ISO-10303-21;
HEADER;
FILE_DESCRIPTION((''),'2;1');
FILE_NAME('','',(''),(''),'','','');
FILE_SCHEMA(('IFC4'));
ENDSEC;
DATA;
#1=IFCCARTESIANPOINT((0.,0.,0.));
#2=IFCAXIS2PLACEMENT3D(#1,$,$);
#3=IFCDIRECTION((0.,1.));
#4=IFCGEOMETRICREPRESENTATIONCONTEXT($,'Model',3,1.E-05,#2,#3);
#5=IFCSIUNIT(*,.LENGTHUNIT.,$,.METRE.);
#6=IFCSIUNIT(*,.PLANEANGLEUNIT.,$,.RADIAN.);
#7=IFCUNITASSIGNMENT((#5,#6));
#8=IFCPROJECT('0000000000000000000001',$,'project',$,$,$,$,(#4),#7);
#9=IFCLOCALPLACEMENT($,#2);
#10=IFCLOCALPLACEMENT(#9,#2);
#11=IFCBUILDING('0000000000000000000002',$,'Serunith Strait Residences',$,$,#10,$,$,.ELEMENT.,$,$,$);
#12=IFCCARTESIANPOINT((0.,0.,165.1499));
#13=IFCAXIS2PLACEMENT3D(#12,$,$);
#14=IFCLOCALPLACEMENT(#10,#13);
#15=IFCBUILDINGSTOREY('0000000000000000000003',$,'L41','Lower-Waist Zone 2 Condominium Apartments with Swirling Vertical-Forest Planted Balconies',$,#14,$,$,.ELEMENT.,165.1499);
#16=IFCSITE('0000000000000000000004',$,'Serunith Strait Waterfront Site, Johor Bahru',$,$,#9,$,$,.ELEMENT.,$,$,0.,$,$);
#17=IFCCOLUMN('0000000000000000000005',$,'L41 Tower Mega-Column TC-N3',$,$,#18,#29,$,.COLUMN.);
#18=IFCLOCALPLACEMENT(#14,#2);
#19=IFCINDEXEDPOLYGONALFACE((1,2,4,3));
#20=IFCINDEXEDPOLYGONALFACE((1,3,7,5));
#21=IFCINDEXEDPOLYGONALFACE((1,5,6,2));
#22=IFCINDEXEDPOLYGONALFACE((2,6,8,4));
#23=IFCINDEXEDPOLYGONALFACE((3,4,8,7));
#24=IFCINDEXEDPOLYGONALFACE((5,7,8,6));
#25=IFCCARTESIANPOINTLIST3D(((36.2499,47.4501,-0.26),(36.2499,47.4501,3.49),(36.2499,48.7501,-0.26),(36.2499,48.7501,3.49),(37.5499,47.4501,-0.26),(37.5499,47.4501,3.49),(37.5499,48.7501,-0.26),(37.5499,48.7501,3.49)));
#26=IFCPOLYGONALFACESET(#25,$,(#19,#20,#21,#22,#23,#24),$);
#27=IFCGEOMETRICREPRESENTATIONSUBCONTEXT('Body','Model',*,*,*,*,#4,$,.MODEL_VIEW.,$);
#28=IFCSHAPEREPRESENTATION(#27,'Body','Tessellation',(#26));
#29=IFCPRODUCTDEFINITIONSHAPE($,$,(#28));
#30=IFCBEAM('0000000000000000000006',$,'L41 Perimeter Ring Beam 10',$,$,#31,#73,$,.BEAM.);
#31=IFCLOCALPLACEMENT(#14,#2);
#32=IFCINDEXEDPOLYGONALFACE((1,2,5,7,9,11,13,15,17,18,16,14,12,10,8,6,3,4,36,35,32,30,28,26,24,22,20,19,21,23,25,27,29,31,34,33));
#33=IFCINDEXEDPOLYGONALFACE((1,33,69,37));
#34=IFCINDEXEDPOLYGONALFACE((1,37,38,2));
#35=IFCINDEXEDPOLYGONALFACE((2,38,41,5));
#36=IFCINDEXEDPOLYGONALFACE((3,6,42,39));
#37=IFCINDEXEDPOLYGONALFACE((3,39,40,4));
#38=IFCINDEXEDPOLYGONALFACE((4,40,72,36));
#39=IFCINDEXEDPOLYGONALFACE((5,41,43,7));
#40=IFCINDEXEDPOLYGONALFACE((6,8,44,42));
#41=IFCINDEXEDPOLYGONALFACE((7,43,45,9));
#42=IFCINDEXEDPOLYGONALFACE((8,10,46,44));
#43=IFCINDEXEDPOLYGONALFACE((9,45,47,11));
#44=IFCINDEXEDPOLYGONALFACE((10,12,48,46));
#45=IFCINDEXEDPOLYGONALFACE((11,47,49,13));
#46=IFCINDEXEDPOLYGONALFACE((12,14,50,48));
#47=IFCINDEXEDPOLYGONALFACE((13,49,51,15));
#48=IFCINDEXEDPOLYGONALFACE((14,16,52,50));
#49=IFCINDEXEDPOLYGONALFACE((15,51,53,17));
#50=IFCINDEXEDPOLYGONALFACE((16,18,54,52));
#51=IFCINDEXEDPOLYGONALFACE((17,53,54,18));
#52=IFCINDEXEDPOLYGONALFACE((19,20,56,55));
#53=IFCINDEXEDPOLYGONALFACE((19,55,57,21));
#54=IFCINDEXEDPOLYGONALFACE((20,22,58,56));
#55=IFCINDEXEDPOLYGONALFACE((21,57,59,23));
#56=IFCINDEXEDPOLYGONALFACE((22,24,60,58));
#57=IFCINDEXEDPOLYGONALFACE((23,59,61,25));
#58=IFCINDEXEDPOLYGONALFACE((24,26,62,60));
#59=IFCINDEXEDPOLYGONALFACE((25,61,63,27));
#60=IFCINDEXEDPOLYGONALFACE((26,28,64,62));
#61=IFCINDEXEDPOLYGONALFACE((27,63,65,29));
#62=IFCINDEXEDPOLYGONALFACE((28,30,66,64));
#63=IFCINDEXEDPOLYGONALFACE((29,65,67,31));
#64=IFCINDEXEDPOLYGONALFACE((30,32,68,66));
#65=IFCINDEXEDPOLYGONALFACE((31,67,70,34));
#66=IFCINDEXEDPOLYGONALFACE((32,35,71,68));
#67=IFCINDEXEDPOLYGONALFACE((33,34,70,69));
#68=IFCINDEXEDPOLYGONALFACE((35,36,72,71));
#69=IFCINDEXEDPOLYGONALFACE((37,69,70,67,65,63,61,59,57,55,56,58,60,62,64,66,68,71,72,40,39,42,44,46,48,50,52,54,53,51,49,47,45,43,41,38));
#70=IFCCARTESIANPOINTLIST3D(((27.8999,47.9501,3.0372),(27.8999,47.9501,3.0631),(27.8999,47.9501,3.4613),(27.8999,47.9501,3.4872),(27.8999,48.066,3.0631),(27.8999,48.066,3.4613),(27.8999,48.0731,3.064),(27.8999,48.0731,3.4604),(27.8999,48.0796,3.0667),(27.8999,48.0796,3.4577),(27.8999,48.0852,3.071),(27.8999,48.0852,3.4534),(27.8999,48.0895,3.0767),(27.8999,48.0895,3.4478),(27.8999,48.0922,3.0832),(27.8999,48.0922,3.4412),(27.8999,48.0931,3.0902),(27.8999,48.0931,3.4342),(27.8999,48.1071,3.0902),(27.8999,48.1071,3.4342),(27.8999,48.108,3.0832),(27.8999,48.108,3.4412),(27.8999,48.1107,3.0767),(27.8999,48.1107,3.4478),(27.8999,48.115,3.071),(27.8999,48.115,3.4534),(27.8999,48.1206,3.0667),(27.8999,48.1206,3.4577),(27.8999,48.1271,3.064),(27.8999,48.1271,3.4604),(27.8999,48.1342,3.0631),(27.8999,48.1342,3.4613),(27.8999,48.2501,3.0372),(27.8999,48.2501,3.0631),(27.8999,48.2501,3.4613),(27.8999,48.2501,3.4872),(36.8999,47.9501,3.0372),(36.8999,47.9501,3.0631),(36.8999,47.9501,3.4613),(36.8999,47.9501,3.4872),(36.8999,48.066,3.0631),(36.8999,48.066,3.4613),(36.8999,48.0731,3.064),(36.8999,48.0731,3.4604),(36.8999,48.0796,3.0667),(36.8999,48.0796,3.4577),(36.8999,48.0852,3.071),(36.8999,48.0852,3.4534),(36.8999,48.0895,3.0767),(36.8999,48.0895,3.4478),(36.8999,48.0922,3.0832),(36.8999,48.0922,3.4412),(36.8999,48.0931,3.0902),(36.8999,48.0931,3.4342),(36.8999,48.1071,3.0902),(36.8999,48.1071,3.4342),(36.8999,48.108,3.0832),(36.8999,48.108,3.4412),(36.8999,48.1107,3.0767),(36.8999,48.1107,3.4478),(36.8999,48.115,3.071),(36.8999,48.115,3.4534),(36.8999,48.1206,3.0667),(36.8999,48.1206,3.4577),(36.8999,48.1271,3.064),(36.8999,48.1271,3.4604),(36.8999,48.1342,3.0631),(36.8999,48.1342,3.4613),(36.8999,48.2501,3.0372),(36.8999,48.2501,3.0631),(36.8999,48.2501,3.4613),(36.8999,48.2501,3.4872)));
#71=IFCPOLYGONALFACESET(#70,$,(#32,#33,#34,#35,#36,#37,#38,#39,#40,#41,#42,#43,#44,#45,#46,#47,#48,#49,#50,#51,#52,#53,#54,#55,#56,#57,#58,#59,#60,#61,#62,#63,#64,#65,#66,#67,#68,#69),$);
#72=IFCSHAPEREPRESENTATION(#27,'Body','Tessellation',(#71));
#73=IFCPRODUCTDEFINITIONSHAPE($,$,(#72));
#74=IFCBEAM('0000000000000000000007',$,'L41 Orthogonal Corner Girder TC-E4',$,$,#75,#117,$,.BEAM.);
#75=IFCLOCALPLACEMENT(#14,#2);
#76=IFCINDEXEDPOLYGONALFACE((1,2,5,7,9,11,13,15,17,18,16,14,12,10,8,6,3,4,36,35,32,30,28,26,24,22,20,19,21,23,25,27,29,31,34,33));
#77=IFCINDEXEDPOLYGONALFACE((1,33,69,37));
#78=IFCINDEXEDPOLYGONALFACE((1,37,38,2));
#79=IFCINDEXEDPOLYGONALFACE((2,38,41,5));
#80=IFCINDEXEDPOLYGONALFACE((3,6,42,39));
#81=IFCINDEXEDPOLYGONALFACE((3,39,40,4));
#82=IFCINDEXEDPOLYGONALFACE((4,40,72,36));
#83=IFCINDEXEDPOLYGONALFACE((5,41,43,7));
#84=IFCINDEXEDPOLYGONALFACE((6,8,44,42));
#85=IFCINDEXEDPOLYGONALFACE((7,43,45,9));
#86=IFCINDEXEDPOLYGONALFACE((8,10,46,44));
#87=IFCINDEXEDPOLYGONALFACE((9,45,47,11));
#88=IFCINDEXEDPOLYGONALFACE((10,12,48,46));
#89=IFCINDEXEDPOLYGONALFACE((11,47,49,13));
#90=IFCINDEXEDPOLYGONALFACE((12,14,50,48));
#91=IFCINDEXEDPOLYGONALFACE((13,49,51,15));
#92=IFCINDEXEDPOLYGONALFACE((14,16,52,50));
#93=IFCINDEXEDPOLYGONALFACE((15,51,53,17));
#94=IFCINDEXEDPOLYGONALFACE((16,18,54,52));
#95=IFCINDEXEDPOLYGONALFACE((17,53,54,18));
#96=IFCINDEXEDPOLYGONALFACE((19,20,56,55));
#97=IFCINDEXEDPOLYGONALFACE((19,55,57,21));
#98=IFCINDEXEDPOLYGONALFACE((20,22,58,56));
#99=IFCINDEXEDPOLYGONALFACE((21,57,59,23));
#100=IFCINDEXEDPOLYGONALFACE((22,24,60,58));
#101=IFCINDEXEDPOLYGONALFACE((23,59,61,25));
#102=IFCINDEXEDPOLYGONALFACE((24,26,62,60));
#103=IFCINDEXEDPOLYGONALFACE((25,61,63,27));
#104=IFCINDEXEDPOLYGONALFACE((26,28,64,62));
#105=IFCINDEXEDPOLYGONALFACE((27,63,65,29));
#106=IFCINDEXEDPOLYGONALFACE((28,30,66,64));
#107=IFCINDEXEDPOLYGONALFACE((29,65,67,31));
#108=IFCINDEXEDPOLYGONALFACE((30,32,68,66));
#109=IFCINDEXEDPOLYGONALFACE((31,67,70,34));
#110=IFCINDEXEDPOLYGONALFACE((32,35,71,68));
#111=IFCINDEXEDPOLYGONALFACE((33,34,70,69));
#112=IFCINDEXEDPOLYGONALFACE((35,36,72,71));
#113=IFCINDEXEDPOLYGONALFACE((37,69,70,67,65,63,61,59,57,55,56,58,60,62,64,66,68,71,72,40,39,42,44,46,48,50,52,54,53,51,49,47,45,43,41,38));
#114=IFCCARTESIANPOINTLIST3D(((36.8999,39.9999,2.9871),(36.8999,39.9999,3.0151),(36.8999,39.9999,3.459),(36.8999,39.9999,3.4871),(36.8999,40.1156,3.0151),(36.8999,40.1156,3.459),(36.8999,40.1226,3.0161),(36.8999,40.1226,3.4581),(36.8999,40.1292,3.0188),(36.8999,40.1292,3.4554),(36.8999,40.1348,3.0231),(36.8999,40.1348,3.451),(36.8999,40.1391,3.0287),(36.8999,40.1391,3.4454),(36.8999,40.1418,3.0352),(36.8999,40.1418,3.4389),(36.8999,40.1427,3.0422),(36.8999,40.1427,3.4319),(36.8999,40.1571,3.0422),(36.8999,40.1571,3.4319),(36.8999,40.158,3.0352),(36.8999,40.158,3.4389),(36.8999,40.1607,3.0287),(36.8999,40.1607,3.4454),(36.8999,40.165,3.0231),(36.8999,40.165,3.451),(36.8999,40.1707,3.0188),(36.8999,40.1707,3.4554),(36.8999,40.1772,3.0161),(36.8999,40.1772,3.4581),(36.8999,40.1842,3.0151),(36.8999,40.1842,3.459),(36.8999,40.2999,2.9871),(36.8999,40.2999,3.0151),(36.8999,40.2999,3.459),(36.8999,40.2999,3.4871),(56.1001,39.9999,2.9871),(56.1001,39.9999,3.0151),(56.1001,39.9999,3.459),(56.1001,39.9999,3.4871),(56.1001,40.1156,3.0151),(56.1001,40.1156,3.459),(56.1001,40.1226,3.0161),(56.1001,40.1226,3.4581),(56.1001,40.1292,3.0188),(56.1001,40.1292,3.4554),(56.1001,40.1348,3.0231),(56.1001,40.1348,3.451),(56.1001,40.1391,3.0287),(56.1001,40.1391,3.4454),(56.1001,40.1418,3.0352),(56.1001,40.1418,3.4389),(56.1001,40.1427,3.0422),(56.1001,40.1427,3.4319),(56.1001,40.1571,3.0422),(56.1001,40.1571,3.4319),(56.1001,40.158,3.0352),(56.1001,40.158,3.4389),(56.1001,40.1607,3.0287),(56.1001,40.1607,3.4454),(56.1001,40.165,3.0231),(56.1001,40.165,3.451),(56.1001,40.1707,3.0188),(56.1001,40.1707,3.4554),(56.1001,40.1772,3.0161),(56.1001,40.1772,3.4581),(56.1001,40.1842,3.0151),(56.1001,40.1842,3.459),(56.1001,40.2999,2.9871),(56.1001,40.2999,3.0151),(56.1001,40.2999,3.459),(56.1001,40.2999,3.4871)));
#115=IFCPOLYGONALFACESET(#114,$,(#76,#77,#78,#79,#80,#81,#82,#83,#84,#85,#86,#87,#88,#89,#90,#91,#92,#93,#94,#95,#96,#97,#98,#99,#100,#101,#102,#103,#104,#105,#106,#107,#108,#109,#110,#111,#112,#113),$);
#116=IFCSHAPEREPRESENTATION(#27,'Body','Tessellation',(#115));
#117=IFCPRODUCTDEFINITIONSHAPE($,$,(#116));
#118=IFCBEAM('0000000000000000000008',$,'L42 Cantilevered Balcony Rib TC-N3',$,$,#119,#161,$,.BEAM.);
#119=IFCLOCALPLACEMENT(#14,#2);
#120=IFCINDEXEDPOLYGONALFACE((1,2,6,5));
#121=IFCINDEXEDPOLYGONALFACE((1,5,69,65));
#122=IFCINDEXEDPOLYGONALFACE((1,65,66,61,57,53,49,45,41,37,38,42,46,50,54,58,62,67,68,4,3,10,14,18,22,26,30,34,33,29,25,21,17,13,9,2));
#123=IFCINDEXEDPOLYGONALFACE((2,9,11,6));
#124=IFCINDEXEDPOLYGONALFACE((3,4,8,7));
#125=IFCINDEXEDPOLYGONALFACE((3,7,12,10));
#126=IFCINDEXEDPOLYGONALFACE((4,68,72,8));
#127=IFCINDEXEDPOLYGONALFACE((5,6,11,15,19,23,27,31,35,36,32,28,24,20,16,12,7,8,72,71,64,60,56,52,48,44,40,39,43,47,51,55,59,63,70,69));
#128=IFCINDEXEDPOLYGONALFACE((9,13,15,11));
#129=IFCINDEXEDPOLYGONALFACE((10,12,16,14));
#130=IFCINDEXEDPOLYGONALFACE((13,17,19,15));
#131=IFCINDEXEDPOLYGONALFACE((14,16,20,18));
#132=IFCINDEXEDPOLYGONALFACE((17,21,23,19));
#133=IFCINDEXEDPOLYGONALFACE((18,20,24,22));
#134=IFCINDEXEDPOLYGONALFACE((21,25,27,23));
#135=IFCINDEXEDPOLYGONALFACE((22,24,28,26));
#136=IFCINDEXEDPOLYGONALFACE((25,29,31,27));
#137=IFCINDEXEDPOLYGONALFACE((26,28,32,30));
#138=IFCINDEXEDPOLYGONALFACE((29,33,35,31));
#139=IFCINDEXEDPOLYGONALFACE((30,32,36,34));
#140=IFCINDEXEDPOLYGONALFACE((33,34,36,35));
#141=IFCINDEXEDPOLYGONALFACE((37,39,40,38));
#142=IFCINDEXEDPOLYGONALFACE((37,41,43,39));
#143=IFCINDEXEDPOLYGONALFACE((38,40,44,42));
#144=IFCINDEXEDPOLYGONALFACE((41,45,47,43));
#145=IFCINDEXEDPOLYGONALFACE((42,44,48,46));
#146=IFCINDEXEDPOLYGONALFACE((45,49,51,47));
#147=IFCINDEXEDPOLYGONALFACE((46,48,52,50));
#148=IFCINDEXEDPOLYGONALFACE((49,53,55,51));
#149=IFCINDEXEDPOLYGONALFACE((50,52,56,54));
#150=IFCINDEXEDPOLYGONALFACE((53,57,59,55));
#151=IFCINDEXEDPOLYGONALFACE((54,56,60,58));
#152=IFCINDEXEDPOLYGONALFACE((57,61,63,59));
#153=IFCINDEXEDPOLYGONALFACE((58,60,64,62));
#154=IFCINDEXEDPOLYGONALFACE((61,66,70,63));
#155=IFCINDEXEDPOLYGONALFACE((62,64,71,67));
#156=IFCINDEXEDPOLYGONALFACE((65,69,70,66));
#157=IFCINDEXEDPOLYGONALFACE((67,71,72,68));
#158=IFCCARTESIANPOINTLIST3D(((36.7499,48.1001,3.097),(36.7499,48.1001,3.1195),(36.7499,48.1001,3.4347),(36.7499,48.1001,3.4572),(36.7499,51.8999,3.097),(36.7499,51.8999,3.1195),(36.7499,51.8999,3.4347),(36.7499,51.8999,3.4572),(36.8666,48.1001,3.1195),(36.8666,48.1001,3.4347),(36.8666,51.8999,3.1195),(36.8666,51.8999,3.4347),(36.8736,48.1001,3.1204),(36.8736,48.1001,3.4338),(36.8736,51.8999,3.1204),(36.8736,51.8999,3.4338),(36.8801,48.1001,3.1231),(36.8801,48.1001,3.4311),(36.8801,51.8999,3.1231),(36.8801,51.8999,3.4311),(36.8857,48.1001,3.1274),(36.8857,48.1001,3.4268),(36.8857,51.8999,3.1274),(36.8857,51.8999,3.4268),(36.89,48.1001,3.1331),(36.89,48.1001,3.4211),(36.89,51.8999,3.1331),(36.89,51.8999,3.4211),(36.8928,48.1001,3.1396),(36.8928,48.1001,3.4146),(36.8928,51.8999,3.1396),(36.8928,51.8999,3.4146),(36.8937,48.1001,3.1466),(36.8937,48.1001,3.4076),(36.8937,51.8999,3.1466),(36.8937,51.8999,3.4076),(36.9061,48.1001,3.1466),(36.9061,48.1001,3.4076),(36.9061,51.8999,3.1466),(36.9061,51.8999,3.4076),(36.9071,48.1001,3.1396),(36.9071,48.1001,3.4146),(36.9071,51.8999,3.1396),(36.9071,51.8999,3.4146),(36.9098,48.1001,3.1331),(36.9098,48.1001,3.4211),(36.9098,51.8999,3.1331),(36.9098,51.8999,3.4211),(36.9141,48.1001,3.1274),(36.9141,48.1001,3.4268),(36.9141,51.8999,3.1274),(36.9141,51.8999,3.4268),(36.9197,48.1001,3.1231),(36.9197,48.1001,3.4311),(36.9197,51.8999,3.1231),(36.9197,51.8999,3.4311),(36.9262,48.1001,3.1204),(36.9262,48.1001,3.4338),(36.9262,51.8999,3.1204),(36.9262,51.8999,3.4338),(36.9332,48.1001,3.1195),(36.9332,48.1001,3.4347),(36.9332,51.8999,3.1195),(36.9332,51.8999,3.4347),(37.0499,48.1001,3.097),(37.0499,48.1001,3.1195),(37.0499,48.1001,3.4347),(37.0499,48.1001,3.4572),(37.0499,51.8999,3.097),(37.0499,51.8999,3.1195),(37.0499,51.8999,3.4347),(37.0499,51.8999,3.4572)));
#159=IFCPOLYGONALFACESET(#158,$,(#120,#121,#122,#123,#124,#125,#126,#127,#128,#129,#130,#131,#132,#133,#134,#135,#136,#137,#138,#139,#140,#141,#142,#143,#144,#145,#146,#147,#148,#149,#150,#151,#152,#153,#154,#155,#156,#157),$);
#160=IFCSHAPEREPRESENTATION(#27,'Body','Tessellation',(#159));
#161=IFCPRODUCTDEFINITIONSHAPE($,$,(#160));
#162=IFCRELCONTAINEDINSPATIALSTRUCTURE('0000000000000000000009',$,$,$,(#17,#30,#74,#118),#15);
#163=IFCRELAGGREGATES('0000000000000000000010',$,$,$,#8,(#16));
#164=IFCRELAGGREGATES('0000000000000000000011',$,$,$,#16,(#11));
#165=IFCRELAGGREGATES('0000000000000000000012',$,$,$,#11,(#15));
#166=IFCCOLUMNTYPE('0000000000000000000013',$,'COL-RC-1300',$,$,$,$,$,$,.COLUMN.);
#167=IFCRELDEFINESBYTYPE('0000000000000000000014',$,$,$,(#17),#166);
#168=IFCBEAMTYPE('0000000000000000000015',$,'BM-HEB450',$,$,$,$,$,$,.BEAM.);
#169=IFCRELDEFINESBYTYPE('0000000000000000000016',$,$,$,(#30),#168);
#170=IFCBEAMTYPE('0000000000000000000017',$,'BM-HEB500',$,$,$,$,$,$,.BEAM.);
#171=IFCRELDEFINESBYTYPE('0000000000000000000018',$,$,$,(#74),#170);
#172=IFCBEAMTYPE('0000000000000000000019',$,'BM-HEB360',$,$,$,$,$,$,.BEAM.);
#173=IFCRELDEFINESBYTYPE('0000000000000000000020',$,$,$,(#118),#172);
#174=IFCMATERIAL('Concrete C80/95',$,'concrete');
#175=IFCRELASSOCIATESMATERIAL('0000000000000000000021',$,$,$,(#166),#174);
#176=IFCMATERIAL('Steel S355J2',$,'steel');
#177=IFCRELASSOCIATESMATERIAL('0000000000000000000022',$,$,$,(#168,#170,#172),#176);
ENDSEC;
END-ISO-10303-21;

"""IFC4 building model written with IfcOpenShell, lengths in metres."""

from ifc_helpers import new_model, si_unit, direction, frame, origin, origin_2d, place, context, subcontext, project, spatial, rectangle, i_section, extrude, source, transform, mapped, material, material_profile, profile_set, type_object, element, save


model = new_model("IFC4")

# Units and contexts
model_context = context("Model", 3, precision=1e-05, world=origin(), true_north=direction((0.0, 1.0)))
body_context = subcontext(model_context, "Body", "Model", "MODEL_VIEW")
ifc_project = project(units=[si_unit("LENGTHUNIT", "METRE"), si_unit("PLANEANGLEUNIT", "RADIAN")], contexts=[model_context])

# Site, building, storey
site_placement = place(None, origin())
site = spatial("IfcSite", under=ifc_project, at=site_placement, Name="Serunith Strait Waterfront Site, Johor Bahru", CompositionType="ELEMENT", RefElevation=0.0)
building_placement = place(site_placement, origin())
building = spatial("IfcBuilding", under=site, at=building_placement, Name="Serunith Strait Residences", CompositionType="ELEMENT")
storey_placement = place(building_placement, frame((0.0, 0.0, 165.1499)))
storey = spatial("IfcBuildingStorey", under=building, at=storey_placement, Name="L41", Description="Lower-Waist Zone 2 Condominium Apartments with Swirling Vertical-Forest Planted Balconies", CompositionType="ELEMENT", Elevation=165.1499)

# Column
ifc_material_1 = material(Name="Concrete C80/95", Category="concrete")
ifc_material_profile_1 = material_profile(ifc_material_1, rectangle(XDim=1.3, YDim=1.3, at=origin_2d()), Name="RC 1300x1300")
ifc_profile_set_1 = profile_set([ifc_material_profile_1], Name="Concrete C80/95")
column_type = type_object("IfcColumnType", Name="COL-RC-1300", PredefinedType="COLUMN", material=ifc_profile_set_1)
shared_shape_1 = source(origin(), body_context, "Body", "SweptSolid", [
    extrude(rectangle(XDim=1.3, YDim=1.3, at=origin_2d()), origin(), (0.0, 0.0, 1.0), 3.75),
])
column_placement = place(storey_placement, frame((36.8999, 48.1001, -0.26), z_axis=(0.0, 0.0, 1.0), x_axis=(1.0, 0.0, 0.0)))
element("IfcColumn", 1, at=column_placement, inside=storey, type_object=column_type, Name="L41 Tower Mega-Column TC-N3", PredefinedType="COLUMN", context=body_context, shape_type="MappedRepresentation", body=[
    mapped(shared_shape_1, transform((0.0, 0.0, 0.0), scale=1.0)),
])

# Beams
ifc_material_2 = material(Name="Steel S355J2", Category="steel")
ifc_material_profile_2 = material_profile(ifc_material_2, i_section(OverallWidth=0.3, OverallDepth=0.45, WebThickness=0.0139, FlangeThickness=0.0259, FilletRadius=0.0271, at=origin_2d()), Name="HEB 450")
ifc_profile_set_2 = profile_set([ifc_material_profile_2], Name="Steel S355J2")
beam_type_1 = type_object("IfcBeamType", Name="BM-HEB450", PredefinedType="BEAM", material=ifc_profile_set_2)
shared_shape_2 = source(origin(), body_context, "Body", "SweptSolid", [
    extrude(i_section(OverallWidth=0.3, OverallDepth=0.45, WebThickness=0.0139, FlangeThickness=0.0259, FilletRadius=0.0271, at=origin_2d()), origin(), (0.0, 0.0, 1.0), 9.0),
])
beam_1_placement = place(storey_placement, frame((36.8999, 48.1001, 3.2622), z_axis=(-1.0, 0.0, 0.0), x_axis=(0.0, -1.0, 0.0)))
element("IfcBeam", 2, at=beam_1_placement, inside=storey, type_object=beam_type_1, Name="L41 Perimeter Ring Beam 10", PredefinedType="BEAM", context=body_context, shape_type="MappedRepresentation", body=[
    mapped(shared_shape_2, transform((0.0, 0.0, 0.0), scale=1.0)),
])
ifc_material_profile_3 = material_profile(ifc_material_2, i_section(OverallWidth=0.3, OverallDepth=0.5, WebThickness=0.0144, FlangeThickness=0.0281, FilletRadius=0.0271, at=origin_2d()), Name="HEB 500")
ifc_profile_set_3 = profile_set([ifc_material_profile_3], Name="Steel S355J2")
beam_type_2 = type_object("IfcBeamType", Name="BM-HEB500", PredefinedType="BEAM", material=ifc_profile_set_3)
shared_shape_3 = source(origin(), body_context, "Body", "SweptSolid", [
    extrude(i_section(OverallWidth=0.3, OverallDepth=0.5, WebThickness=0.0144, FlangeThickness=0.0281, FilletRadius=0.0271, at=origin_2d()), origin(), (0.0, 0.0, 1.0), 19.2002),
])
beam_2_placement = place(storey_placement, frame((36.8999, 40.1499, 3.2371), z_axis=(1.0, 0.0, 0.0), x_axis=(0.0, 1.0, 0.0)))
element("IfcBeam", 3, at=beam_2_placement, inside=storey, type_object=beam_type_2, Name="L41 Orthogonal Corner Girder TC-E4", PredefinedType="BEAM", context=body_context, shape_type="MappedRepresentation", body=[
    mapped(shared_shape_3, transform((0.0, 0.0, 0.0), scale=1.0)),
])
ifc_material_profile_4 = material_profile(ifc_material_2, i_section(OverallWidth=0.3, OverallDepth=0.3601, WebThickness=0.0125, FlangeThickness=0.0225, FilletRadius=0.0271, at=origin_2d()), Name="HEB 360")
ifc_profile_set_4 = profile_set([ifc_material_profile_4], Name="Steel S355J2")
beam_type_3 = type_object("IfcBeamType", Name="BM-HEB360", PredefinedType="BEAM", material=ifc_profile_set_4)
shared_shape_4 = source(origin(), body_context, "Body", "SweptSolid", [
    extrude(i_section(OverallWidth=0.3, OverallDepth=0.3601, WebThickness=0.0125, FlangeThickness=0.0225, FilletRadius=0.0271, at=origin_2d()), origin(), (0.0, 0.0, 1.0), 3.7998),
])
beam_3_placement = place(storey_placement, frame((36.8999, 48.1001, 3.2771), z_axis=(0.0, 1.0, 0.0), x_axis=(-1.0, 0.0, 0.0)))
element("IfcBeam", 4, at=beam_3_placement, inside=storey, type_object=beam_type_3, Name="L42 Cantilevered Balcony Rib TC-N3", PredefinedType="BEAM", context=body_context, shape_type="MappedRepresentation", body=[
    mapped(shared_shape_4, transform((0.0, 0.0, 0.0), scale=1.0)),
])

save(model, "model.ifc")
